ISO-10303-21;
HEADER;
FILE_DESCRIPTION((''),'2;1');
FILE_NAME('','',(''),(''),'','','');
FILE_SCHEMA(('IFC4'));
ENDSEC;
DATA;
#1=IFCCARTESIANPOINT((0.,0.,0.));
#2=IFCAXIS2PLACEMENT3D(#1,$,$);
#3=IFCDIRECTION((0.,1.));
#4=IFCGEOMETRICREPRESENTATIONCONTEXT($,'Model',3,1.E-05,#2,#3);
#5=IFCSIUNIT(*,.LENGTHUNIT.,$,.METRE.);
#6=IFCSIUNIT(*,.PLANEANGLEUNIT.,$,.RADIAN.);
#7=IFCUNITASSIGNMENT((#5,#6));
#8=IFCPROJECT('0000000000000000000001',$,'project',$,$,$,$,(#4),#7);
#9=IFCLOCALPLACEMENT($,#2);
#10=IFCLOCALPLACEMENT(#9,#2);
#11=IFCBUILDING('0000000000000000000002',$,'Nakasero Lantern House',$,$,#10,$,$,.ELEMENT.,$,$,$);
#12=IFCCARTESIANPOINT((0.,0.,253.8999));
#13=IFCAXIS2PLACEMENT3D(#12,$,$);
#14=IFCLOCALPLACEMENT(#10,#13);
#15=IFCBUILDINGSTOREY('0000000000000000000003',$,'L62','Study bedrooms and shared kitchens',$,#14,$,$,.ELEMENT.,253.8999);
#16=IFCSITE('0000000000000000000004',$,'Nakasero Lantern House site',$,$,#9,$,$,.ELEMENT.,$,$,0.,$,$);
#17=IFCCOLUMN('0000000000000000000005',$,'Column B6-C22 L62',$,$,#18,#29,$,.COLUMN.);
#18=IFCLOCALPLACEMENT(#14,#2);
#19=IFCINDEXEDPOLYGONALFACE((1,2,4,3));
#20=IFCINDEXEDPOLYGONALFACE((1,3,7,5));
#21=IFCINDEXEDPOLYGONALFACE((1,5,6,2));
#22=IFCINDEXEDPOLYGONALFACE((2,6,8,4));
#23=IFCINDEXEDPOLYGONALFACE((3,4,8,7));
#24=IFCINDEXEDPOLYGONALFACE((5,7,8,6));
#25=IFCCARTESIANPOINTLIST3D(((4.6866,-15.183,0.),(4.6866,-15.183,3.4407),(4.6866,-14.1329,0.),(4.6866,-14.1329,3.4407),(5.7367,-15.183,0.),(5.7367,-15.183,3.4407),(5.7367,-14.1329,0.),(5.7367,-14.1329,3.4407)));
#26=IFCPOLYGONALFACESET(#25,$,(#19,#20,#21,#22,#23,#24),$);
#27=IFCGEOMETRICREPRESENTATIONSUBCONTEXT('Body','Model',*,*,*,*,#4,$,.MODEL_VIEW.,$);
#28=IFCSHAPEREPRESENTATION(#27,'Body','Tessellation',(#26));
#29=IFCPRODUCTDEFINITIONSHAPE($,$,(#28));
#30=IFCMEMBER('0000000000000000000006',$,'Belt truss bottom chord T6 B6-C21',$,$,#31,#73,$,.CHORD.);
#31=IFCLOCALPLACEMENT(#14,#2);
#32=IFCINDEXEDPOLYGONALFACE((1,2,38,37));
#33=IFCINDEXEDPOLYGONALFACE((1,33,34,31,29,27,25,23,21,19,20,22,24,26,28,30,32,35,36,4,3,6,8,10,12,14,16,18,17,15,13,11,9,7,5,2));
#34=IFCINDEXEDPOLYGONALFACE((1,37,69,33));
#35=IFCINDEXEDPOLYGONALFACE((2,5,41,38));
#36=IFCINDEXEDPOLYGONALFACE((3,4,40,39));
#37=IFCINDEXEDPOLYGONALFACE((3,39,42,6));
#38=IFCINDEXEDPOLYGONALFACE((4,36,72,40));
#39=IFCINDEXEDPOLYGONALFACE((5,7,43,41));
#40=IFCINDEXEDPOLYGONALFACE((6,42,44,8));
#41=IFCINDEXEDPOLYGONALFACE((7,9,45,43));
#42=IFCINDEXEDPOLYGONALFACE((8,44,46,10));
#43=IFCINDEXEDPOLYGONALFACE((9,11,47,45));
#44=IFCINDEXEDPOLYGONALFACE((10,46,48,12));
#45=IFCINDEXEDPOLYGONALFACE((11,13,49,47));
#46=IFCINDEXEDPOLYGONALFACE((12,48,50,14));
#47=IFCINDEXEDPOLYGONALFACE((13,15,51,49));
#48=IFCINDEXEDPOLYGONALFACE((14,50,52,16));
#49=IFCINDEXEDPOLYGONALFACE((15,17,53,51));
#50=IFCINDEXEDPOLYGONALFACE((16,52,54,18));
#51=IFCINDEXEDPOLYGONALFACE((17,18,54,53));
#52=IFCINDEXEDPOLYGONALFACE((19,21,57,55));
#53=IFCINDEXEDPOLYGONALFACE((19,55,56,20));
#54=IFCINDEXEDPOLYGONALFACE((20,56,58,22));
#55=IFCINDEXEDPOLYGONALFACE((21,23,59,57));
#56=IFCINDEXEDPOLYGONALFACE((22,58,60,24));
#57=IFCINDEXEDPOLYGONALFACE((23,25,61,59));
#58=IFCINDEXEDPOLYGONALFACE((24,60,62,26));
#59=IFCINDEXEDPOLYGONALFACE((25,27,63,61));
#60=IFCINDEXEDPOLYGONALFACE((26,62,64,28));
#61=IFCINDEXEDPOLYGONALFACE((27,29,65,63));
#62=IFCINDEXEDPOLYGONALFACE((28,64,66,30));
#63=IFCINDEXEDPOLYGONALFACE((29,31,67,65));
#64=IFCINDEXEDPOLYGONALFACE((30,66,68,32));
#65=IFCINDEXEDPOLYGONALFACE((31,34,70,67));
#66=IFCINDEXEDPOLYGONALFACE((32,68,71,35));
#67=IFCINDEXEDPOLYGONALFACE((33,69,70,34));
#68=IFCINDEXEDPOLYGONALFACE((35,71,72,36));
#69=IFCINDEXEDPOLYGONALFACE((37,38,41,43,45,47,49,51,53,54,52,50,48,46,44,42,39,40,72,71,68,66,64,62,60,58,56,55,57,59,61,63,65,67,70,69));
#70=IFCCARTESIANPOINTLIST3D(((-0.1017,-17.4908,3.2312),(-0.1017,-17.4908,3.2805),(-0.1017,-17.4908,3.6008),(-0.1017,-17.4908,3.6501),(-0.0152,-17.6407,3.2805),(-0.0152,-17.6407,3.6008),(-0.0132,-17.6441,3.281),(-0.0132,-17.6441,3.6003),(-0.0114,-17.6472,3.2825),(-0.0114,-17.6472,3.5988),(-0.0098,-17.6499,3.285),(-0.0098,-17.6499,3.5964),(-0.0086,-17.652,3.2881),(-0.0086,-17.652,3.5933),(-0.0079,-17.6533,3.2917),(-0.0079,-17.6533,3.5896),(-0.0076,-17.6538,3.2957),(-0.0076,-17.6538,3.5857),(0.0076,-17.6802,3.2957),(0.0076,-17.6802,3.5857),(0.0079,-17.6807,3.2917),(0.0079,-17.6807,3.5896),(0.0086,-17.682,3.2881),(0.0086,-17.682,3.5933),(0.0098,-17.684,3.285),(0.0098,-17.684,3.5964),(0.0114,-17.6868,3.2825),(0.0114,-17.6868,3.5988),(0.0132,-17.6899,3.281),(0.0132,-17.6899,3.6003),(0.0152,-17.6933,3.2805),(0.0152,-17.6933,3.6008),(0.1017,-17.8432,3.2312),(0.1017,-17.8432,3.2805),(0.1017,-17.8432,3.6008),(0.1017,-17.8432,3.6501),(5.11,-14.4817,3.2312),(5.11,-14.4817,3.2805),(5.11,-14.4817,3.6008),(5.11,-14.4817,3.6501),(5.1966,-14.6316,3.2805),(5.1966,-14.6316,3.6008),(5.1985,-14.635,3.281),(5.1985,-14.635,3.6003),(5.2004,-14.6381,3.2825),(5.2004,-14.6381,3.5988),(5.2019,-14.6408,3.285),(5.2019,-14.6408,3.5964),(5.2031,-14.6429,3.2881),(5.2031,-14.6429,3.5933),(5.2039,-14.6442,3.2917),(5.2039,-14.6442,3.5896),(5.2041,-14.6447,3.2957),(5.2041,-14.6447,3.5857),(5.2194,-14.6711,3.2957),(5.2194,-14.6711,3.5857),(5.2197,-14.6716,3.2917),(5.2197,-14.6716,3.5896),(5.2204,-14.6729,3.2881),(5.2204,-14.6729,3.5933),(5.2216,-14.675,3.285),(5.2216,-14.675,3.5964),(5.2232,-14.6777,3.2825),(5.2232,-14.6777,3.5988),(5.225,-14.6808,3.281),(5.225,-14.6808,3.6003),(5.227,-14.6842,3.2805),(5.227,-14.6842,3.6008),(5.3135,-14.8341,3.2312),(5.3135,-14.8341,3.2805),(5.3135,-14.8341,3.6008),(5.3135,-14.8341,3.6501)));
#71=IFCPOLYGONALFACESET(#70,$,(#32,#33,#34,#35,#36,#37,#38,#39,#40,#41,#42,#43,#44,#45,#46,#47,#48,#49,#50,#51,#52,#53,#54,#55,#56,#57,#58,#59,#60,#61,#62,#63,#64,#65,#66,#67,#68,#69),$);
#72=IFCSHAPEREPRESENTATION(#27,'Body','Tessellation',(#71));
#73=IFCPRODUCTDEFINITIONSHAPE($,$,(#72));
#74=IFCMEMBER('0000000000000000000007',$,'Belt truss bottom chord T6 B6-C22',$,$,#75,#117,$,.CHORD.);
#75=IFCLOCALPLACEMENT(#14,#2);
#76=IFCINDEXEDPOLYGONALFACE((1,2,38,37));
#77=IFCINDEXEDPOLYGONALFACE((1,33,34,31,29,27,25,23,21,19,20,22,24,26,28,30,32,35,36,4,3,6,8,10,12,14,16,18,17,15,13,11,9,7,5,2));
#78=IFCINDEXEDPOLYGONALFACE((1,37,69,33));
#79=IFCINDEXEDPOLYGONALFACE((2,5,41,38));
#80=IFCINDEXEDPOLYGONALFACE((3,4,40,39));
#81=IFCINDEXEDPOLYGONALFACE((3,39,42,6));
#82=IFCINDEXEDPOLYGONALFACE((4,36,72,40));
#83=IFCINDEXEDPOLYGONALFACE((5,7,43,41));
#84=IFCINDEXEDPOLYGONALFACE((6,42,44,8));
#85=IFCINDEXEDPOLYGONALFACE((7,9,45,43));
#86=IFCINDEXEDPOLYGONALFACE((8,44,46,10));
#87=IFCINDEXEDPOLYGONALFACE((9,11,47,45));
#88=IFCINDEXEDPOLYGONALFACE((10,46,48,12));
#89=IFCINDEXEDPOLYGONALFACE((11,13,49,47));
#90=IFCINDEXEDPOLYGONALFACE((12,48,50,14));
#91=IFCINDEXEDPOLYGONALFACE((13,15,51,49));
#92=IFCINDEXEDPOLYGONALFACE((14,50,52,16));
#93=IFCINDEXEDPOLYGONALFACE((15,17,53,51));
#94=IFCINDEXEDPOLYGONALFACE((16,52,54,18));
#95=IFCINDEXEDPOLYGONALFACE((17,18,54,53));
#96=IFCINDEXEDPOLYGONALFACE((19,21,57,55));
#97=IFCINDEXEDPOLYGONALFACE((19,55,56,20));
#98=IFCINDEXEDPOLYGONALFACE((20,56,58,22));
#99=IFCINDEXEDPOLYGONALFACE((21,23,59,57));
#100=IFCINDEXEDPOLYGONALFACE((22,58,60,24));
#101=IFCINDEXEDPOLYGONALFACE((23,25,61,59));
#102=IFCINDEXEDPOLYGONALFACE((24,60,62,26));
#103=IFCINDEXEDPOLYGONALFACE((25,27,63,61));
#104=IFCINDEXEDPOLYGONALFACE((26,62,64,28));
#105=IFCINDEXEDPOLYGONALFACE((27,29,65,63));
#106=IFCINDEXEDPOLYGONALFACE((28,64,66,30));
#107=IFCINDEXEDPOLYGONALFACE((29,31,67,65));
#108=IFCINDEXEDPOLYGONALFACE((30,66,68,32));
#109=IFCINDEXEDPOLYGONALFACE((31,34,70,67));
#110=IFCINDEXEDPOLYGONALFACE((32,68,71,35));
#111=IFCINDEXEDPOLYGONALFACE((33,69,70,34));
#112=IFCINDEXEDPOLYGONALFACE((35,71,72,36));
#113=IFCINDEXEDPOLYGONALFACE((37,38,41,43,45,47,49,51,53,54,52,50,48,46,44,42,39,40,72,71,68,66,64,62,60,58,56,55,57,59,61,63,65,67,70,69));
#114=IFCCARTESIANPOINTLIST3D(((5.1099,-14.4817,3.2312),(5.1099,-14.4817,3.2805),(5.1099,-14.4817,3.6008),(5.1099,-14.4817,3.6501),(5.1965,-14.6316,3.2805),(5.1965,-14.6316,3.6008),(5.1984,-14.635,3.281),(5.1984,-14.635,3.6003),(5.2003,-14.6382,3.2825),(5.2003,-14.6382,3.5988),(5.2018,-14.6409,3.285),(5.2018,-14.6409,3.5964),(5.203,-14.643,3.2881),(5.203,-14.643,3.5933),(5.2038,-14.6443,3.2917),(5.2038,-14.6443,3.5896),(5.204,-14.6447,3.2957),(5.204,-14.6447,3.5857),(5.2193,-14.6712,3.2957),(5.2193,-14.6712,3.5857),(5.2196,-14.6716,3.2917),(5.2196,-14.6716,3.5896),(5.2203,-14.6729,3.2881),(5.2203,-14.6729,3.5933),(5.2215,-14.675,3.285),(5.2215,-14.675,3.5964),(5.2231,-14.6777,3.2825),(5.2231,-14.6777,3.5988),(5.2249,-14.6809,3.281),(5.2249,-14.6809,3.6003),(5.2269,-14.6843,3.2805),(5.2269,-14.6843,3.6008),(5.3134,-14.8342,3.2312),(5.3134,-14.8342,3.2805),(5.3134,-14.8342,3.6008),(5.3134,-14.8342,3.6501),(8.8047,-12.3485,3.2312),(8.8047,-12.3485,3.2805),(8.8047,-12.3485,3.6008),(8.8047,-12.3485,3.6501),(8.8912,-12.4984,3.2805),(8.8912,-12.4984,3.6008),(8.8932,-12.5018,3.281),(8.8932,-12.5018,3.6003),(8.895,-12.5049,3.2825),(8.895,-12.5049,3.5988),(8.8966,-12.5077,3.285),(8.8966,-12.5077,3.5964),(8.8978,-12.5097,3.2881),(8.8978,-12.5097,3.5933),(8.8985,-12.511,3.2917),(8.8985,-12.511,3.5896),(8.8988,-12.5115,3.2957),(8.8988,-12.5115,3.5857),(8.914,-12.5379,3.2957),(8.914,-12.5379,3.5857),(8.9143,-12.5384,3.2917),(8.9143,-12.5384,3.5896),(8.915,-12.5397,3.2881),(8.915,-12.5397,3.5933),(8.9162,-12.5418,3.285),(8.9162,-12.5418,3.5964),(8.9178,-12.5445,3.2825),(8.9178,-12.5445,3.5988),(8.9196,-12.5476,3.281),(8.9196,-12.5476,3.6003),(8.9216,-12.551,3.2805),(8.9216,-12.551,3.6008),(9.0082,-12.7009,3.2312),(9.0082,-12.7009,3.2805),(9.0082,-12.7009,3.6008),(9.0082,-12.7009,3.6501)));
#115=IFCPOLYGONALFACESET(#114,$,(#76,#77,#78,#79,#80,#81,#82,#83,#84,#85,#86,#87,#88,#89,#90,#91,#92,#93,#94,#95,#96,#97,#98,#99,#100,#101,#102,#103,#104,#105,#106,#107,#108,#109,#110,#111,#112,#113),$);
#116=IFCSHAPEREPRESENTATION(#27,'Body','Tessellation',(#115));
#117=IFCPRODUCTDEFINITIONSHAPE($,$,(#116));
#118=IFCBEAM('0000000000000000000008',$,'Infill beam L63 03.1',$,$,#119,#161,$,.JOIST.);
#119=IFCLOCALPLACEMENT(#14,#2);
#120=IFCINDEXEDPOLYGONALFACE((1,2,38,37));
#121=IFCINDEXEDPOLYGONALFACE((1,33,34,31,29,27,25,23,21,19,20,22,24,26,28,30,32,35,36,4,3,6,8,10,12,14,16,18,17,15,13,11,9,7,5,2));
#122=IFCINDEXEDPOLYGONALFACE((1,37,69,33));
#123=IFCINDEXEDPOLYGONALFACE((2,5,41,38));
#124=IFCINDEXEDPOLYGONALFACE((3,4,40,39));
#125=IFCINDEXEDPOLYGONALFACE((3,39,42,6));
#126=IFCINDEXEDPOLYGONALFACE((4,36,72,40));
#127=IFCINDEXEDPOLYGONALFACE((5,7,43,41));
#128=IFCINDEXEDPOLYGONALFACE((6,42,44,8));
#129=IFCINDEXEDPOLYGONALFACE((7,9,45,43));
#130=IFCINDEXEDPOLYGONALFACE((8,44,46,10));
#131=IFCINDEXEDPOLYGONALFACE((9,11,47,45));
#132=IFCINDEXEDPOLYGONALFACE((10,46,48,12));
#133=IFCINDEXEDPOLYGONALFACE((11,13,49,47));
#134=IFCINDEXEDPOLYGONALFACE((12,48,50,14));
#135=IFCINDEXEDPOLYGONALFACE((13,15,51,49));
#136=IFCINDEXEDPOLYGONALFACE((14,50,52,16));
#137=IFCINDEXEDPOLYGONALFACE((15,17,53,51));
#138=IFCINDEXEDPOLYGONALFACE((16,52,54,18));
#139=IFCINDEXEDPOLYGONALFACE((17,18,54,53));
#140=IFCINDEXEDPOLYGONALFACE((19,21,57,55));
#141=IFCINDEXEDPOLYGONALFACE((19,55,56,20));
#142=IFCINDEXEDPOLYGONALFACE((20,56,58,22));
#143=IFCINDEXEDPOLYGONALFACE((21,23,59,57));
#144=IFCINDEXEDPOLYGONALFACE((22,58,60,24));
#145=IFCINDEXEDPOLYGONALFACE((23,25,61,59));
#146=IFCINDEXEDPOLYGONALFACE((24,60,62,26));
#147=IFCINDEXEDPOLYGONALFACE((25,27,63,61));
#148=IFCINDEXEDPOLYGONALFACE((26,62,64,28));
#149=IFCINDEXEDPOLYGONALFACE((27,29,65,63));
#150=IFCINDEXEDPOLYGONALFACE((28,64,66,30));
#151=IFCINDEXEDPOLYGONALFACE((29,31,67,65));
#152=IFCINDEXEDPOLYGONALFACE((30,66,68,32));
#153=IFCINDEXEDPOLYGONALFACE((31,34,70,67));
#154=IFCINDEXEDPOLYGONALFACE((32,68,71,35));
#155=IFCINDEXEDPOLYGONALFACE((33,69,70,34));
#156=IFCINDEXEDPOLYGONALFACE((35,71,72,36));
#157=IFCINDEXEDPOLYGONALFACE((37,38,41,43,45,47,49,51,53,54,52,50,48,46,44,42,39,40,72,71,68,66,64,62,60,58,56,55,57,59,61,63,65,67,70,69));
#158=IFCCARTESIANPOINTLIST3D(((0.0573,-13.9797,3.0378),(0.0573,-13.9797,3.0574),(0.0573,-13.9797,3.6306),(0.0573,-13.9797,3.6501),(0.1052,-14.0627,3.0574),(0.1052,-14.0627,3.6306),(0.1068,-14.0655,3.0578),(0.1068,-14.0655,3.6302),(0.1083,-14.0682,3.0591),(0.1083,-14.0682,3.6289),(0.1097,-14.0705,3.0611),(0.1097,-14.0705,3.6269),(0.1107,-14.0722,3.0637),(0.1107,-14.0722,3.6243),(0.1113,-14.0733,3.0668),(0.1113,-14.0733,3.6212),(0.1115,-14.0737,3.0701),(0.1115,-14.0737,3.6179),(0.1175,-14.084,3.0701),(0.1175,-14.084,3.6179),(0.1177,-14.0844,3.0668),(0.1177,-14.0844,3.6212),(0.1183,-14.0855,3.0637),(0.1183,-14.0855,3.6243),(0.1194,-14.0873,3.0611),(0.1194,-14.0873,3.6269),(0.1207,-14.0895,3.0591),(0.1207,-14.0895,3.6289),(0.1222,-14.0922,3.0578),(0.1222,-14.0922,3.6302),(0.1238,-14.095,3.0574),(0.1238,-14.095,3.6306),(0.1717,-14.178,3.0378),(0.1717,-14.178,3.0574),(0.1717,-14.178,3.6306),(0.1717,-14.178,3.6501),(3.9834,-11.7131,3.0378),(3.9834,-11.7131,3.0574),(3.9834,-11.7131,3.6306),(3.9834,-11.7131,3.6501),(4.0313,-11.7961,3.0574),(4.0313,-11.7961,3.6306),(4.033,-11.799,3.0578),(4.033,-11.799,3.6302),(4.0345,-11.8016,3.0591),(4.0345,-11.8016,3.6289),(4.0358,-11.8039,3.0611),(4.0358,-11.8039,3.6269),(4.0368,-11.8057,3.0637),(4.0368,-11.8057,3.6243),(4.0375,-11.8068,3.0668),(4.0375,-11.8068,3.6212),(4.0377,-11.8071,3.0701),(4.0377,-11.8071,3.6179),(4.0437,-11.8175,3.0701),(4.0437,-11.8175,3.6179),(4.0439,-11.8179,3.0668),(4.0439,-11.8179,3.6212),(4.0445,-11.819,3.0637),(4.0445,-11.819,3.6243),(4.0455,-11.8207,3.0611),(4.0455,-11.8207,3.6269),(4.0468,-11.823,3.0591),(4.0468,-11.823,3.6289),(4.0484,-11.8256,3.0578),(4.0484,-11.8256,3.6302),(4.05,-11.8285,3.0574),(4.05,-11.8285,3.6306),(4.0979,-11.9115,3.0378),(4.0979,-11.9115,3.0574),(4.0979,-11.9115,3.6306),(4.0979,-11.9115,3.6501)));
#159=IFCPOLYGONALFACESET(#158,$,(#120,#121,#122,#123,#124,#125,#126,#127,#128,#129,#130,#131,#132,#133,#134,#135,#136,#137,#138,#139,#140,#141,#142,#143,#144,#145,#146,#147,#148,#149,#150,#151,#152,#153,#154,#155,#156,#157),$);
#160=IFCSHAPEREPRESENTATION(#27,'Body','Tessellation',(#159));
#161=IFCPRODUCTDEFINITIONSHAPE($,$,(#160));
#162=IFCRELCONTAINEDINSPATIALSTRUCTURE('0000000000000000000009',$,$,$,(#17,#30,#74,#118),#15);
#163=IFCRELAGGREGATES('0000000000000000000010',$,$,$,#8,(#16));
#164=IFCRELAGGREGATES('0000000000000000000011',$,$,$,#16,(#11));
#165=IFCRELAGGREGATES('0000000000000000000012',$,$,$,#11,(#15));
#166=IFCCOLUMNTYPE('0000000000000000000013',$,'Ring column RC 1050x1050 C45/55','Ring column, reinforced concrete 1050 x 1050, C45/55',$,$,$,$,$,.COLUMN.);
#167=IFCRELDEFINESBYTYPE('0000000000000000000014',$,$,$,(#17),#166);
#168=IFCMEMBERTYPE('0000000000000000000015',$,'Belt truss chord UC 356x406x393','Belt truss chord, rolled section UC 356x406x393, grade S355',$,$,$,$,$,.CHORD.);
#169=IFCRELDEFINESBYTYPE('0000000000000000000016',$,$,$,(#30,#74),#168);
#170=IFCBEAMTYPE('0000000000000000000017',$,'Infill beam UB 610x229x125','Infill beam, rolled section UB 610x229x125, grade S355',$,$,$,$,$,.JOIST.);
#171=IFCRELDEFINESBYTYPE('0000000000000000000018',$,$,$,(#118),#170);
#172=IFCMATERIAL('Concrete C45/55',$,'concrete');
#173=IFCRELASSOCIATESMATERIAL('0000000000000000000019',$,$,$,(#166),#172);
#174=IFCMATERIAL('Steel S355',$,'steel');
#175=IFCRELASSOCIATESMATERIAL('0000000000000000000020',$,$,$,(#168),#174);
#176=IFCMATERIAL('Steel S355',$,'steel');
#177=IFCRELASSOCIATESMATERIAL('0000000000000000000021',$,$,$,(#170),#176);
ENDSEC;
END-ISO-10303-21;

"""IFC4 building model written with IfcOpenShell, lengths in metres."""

from ifc_helpers import new_model, si_unit, direction, frame, origin, origin_2d, place, context, subcontext, project, spatial, rectangle, i_section, extrude, material, material_profile, profile_set, type_object, element, save


model = new_model("IFC4")

# Units and contexts
model_context = context("Model", 3, precision=1e-05, world=origin(), true_north=direction((0.0, 1.0)))
body_context = subcontext(model_context, "Body", "Model", "MODEL_VIEW")
ifc_project = project(units=[si_unit("LENGTHUNIT", "METRE"), si_unit("PLANEANGLEUNIT", "RADIAN")], contexts=[model_context])

# Site, building, storey
site_placement = place(None, origin())
site = spatial("IfcSite", under=ifc_project, at=site_placement, Name="Nakasero Lantern House site", CompositionType="ELEMENT", RefElevation=0.0)
building_placement = place(site_placement, origin())
building = spatial("IfcBuilding", under=site, at=building_placement, Name="Nakasero Lantern House", CompositionType="ELEMENT")
storey_placement = place(building_placement, frame((0.0, 0.0, 253.8999)))
storey = spatial("IfcBuildingStorey", under=building, at=storey_placement, Name="L62", Description="Study bedrooms and shared kitchens", CompositionType="ELEMENT", Elevation=253.8999)

# Column
ifc_material_1 = material(Name="Concrete C45/55", Category="concrete")
ifc_material_profile_1 = material_profile(ifc_material_1, rectangle(XDim=1.05, YDim=1.05, at=origin_2d()), Name="RC 1050x1050")
ifc_profile_set_1 = profile_set([ifc_material_profile_1], Name="Concrete C45/55")
column_type = type_object("IfcColumnType", Name="Ring column RC 1050x1050 C45/55", Description="Ring column, reinforced concrete 1050 x 1050, C45/55", PredefinedType="COLUMN", material=ifc_profile_set_1)
column_placement = place(storey_placement, frame((5.2117, -14.658, 0.0), z_axis=(0.0, 0.0, 1.0), x_axis=(1.0, 0.0, 0.0)))
element("IfcColumn", 1, at=column_placement, inside=storey, type_object=column_type, Name="Column B6-C22 L62", PredefinedType="COLUMN", context=body_context, shape_type="SweptSolid", body=[
    extrude(rectangle(XDim=1.05, YDim=1.05, at=origin_2d()), origin(), (0.0, 0.0, 1.0), 3.4407),
])

# Members
ifc_material_2 = material(Name="Steel S355", Category="steel")
ifc_material_profile_2 = material_profile(ifc_material_2, i_section(OverallWidth=0.407, OverallDepth=0.4189, WebThickness=0.0305, FlangeThickness=0.0493, FilletRadius=0.0151, at=origin_2d()), Name="UC 356x406x393")
ifc_profile_set_2 = profile_set([ifc_material_profile_2], Name="Steel S355")
member_type = type_object("IfcMemberType", Name="Belt truss chord UC 356x406x393", Description="Belt truss chord, rolled section UC 356x406x393, grade S355", PredefinedType="CHORD", material=ifc_profile_set_2)
member_1_placement = place(storey_placement, frame((0.0, -17.667, 3.4407), z_axis=(0.86602, 0.500009, 0.0), x_axis=(-0.500009, 0.86602, 0.0)))
element("IfcMember", 2, at=member_1_placement, inside=storey, type_object=member_type, Name="Belt truss bottom chord T6 B6-C21", PredefinedType="CHORD", context=body_context, shape_type="SweptSolid", body=[
    extrude(i_section(OverallWidth=0.407, OverallDepth=0.4189, WebThickness=0.0305, FlangeThickness=0.0493, FilletRadius=0.0151, at=origin_2d()), origin(), (0.0, 0.0, 1.0), 6.0181),
])
member_2_placement = place(storey_placement, frame((5.2117, -14.658, 3.4407), z_axis=(0.866016, 0.500016, 0.0), x_axis=(-0.500016, 0.866016, 0.0)))
element("IfcMember", 3, at=member_2_placement, inside=storey, type_object=member_type, Name="Belt truss bottom chord T6 B6-C22", PredefinedType="CHORD", context=body_context, shape_type="SweptSolid", body=[
    extrude(i_section(OverallWidth=0.407, OverallDepth=0.4189, WebThickness=0.0305, FlangeThickness=0.0493, FilletRadius=0.0151, at=origin_2d()), origin(), (0.0, 0.0, 1.0), 4.2664),
])

# Beam
ifc_material_3 = material(Name="Steel S355", Category="steel")
ifc_material_profile_3 = material_profile(ifc_material_3, i_section(OverallWidth=0.229, OverallDepth=0.6123, WebThickness=0.012, FlangeThickness=0.0195, FilletRadius=0.0127, at=origin_2d()), Name="UB 610x229x125")
ifc_profile_set_3 = profile_set([ifc_material_profile_3], Name="Steel S355")
beam_type_1 = type_object("IfcBeamType", Name="Infill beam UB 610x229x125", Description="Infill beam, rolled section UB 610x229x125, grade S355", PredefinedType="JOIST", material=ifc_profile_set_3)
beam_1_placement = place(storey_placement, frame((0.1145, -14.0789, 3.344), z_axis=(0.866047, 0.499962, 0.0), x_axis=(-0.499962, 0.866047, 0.0)))
element("IfcBeam", 4, at=beam_1_placement, inside=storey, type_object=beam_type_1, Name="Infill beam L63 03.1", PredefinedType="JOIST", context=body_context, shape_type="SweptSolid", body=[
    extrude(i_section(OverallWidth=0.229, OverallDepth=0.6123, WebThickness=0.012, FlangeThickness=0.0195, FilletRadius=0.0127, at=origin_2d()), origin(), (0.0, 0.0, 1.0), 4.5334),
])

save(model, "model.ifc")
